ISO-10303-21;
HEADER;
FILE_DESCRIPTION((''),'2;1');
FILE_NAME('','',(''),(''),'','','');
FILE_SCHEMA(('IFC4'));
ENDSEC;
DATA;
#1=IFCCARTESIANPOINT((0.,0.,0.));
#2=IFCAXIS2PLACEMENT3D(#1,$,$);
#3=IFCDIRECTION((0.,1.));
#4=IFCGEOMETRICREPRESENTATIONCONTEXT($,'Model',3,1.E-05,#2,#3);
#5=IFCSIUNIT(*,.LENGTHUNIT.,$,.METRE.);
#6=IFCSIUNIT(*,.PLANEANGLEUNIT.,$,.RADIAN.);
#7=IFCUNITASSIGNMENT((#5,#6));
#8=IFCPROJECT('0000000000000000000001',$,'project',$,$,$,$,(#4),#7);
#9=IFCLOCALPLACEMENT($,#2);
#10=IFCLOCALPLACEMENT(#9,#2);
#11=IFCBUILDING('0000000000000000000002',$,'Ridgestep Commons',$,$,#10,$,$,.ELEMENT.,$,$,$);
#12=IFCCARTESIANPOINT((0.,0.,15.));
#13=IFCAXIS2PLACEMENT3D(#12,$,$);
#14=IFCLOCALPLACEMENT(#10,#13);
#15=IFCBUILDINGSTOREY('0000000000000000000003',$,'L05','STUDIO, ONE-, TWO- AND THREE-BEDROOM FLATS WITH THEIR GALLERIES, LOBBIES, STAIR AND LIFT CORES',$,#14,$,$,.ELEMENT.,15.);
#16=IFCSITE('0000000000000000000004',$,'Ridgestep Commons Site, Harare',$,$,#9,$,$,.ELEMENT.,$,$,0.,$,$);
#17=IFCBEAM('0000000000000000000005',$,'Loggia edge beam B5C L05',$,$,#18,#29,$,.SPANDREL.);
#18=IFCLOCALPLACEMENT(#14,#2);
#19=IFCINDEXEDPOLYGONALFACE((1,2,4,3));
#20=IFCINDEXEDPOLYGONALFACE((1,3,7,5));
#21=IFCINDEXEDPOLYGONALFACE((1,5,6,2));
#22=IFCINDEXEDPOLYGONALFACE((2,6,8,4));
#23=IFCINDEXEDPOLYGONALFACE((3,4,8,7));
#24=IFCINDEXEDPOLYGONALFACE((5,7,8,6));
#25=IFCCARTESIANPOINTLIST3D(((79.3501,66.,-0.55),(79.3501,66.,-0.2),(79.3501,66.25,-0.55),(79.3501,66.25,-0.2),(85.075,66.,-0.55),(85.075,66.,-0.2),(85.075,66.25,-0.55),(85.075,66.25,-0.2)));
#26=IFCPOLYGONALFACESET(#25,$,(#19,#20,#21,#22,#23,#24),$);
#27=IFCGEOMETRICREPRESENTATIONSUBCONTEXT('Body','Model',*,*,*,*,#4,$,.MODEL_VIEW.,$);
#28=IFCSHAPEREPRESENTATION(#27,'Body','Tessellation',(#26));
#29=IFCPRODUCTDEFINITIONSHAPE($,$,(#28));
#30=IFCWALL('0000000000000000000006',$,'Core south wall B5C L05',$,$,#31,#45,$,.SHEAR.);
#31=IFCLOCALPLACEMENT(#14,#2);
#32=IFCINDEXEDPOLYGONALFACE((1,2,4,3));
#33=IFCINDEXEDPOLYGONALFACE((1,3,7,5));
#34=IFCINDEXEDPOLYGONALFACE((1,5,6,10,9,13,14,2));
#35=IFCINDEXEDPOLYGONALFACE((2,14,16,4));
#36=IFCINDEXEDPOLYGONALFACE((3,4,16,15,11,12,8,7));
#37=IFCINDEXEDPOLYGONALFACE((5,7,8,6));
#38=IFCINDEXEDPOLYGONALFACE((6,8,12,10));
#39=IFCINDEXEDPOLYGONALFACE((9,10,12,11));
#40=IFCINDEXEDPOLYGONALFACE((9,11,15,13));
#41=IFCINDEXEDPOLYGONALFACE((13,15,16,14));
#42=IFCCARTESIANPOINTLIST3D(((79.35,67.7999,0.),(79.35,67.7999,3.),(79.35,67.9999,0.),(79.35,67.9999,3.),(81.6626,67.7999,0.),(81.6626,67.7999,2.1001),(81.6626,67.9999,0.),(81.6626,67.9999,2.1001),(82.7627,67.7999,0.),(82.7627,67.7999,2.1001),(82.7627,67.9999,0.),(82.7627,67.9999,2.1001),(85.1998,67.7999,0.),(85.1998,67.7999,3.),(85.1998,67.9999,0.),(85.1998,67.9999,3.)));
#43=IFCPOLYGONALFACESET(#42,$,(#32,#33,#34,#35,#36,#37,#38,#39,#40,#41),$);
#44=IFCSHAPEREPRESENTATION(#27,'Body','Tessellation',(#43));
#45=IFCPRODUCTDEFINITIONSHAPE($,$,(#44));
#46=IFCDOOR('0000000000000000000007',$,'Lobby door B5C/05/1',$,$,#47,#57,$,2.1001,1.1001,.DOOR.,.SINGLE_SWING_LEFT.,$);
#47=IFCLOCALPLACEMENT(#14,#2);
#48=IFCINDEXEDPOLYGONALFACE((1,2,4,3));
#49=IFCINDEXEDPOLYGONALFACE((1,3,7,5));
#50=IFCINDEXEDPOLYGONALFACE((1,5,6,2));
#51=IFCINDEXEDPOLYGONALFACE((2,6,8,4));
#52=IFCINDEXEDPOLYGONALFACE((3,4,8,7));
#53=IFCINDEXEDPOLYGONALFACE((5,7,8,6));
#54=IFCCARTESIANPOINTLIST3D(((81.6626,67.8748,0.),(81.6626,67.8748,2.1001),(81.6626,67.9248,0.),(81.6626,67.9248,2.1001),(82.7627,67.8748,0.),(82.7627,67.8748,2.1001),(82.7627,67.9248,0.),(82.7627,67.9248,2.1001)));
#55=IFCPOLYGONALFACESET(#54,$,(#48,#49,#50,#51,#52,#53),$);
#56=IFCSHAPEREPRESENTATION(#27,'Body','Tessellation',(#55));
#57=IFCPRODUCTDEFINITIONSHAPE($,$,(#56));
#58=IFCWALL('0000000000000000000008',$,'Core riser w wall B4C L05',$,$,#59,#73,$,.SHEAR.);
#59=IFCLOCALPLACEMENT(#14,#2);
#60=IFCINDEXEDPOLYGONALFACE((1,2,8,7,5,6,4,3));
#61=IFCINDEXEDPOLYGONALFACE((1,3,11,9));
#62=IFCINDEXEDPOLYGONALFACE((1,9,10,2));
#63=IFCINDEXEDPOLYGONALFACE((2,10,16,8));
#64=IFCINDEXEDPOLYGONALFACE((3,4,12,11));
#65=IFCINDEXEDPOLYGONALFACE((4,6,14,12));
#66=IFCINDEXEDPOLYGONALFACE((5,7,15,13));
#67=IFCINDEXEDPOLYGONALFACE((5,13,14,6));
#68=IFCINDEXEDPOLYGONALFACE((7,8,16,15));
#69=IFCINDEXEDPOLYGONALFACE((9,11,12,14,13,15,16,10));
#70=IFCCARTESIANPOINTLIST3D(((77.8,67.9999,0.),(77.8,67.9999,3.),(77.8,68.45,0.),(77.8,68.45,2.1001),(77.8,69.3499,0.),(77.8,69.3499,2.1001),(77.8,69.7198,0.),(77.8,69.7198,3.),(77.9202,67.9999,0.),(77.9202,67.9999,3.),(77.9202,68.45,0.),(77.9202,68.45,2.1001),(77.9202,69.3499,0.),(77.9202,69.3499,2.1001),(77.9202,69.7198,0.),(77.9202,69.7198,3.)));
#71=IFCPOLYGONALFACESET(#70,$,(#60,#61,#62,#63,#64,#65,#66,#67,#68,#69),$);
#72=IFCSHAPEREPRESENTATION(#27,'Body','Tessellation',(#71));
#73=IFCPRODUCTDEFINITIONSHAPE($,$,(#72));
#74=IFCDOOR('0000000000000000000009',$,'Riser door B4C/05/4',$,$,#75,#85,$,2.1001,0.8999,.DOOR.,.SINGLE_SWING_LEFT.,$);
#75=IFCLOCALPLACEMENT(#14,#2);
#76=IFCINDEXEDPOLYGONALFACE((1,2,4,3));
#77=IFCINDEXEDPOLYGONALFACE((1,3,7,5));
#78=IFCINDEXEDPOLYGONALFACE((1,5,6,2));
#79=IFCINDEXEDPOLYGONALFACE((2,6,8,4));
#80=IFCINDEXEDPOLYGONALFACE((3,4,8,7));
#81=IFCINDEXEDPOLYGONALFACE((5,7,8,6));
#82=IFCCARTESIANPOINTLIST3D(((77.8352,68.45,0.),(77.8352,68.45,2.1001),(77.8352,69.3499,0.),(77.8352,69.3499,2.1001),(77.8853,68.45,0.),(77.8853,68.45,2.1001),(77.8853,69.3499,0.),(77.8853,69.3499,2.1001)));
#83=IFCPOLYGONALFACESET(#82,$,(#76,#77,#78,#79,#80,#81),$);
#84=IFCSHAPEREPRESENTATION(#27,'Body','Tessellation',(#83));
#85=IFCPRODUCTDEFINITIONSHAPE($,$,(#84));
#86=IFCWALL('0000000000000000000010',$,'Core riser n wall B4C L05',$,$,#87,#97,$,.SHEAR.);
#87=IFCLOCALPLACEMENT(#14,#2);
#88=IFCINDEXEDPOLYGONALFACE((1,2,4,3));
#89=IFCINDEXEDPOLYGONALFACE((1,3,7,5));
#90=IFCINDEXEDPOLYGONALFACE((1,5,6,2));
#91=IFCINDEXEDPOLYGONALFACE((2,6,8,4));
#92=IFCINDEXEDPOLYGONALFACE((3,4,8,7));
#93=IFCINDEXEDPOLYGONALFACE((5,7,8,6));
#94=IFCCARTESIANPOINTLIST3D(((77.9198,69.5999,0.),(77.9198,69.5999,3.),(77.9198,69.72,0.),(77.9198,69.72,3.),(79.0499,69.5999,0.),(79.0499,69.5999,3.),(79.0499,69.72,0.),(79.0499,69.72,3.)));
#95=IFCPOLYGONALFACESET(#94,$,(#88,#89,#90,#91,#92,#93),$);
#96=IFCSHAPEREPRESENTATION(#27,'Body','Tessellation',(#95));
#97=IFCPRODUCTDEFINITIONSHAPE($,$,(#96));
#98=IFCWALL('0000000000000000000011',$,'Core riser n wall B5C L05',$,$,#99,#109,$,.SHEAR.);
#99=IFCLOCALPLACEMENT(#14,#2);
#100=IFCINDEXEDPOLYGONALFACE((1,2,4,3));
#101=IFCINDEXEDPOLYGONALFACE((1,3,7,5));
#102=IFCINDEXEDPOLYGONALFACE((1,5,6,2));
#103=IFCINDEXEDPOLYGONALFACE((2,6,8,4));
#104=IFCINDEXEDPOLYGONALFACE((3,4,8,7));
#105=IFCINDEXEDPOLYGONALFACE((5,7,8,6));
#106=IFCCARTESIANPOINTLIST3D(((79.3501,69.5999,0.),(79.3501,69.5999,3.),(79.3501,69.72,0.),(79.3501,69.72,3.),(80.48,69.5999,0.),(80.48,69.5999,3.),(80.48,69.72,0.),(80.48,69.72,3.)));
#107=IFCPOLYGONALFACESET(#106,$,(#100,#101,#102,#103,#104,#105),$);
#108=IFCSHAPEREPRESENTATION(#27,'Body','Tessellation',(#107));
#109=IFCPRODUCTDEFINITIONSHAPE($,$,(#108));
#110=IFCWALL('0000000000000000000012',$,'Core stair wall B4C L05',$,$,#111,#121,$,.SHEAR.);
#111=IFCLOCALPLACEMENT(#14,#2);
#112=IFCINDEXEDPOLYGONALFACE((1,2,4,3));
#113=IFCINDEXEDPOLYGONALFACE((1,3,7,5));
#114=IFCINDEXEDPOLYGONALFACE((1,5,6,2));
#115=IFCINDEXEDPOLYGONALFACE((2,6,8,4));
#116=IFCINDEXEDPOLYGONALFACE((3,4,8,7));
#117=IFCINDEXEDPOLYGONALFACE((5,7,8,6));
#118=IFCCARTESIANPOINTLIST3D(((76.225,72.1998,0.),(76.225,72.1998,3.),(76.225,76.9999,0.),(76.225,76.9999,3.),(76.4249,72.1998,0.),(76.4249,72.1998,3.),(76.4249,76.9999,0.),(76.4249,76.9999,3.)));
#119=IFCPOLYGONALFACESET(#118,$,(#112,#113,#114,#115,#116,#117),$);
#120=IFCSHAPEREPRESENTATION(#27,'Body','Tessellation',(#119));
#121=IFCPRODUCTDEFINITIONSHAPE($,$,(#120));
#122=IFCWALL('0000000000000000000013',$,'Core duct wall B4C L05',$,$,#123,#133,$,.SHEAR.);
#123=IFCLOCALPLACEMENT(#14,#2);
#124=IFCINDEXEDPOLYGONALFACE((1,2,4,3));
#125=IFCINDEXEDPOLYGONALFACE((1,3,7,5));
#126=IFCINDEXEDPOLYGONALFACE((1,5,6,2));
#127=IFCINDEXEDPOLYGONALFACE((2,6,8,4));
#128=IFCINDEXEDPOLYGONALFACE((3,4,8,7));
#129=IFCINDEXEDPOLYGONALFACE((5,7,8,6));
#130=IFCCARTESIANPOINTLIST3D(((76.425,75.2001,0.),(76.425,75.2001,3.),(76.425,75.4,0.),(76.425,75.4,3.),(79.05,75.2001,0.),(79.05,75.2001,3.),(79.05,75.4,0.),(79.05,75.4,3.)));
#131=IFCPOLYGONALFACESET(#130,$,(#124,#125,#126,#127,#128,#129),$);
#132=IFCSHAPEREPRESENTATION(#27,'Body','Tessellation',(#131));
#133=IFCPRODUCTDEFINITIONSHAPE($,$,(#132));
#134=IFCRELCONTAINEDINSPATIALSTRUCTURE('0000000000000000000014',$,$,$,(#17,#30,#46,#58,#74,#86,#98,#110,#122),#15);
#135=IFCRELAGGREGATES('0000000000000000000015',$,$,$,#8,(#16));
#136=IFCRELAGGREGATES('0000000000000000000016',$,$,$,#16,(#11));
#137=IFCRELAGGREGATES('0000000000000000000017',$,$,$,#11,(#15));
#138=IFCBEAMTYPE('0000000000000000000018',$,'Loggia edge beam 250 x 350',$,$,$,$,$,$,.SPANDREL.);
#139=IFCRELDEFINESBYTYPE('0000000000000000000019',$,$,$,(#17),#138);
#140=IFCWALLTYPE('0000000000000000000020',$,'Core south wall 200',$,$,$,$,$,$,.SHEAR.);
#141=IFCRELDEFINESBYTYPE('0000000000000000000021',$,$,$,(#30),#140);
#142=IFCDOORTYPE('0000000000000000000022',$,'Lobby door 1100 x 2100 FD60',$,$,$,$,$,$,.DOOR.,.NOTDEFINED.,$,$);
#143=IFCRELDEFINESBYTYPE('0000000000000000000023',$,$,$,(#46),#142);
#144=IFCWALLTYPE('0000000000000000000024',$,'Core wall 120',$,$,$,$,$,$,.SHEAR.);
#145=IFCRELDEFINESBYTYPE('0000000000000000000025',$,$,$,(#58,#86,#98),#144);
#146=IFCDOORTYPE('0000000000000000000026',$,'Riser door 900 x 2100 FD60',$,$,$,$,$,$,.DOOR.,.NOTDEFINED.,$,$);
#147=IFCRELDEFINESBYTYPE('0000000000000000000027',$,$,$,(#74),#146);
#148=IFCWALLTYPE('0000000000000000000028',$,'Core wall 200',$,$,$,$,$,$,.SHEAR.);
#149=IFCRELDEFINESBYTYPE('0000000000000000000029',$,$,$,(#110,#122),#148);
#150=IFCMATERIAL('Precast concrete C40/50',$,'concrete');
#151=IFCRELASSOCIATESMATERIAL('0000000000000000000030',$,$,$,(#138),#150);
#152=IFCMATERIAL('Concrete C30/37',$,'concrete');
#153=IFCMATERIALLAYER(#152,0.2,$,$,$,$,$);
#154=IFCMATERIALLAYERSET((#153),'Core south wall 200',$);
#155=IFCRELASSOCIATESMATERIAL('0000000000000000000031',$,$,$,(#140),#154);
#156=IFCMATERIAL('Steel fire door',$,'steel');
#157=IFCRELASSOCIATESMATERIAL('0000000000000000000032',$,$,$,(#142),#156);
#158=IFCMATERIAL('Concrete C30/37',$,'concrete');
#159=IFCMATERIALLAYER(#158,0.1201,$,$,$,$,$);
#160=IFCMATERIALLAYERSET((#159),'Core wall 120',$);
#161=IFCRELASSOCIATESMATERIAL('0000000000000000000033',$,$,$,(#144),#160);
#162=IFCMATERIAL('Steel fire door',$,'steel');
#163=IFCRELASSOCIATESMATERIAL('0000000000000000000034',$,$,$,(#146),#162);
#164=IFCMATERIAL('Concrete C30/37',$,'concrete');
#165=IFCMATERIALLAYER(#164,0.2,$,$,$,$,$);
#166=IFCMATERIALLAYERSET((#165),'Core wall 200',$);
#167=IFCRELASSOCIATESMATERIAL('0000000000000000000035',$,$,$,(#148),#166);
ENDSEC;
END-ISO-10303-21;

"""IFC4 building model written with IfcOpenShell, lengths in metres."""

from ifc_helpers import new_model, si_unit, direction, frame, frame_2d, origin, origin_2d, place, context, subcontext, project, spatial, rectangle, extrude, material, layer, layer_set, material_profile, profile_set, type_object, element, fill, save


model = new_model("IFC4")

# Units and contexts
model_context = context("Model", 3, precision=1e-05, world=origin(), true_north=direction((0.0, 1.0)))
body_context = subcontext(model_context, "Body", "Model", "MODEL_VIEW")
ifc_project = project(units=[si_unit("LENGTHUNIT", "METRE"), si_unit("PLANEANGLEUNIT", "RADIAN")], contexts=[model_context])

# Site, building, storey
site_placement = place(None, origin())
site = spatial("IfcSite", under=ifc_project, at=site_placement, Name="Ridgestep Commons Site, Harare", CompositionType="ELEMENT", RefElevation=0.0)
building_placement = place(site_placement, origin())
building = spatial("IfcBuilding", under=site, at=building_placement, Name="Ridgestep Commons", CompositionType="ELEMENT")
storey_placement = place(building_placement, frame((0.0, 0.0, 15.0)))
storey = spatial("IfcBuildingStorey", under=building, at=storey_placement, Name="L05", Description="STUDIO, ONE-, TWO- AND THREE-BEDROOM FLATS WITH THEIR GALLERIES, LOBBIES, STAIR AND LIFT CORES", CompositionType="ELEMENT", Elevation=15.0)

# Beam
ifc_material_1 = material(Name="Precast concrete C40/50", Category="concrete")
ifc_material_profile = material_profile(ifc_material_1, rectangle(XDim=0.25, YDim=0.3501, at=origin_2d()), Name="PC 250x350")
ifc_profile_set = profile_set([ifc_material_profile], Name="Precast concrete C40/50")
beam_type = type_object("IfcBeamType", Name="Loggia edge beam 250 x 350", PredefinedType="SPANDREL", material=ifc_profile_set)
beam_placement = place(storey_placement, frame((79.3501, 66.125, -0.375), z_axis=(1.0, 0.0, 0.0), x_axis=(0.0, 1.0, 0.0)))
element("IfcBeam", 1, at=beam_placement, inside=storey, type_object=beam_type, Name="Loggia edge beam B5C L05", PredefinedType="SPANDREL", context=body_context, shape_type="SweptSolid", body=[
    extrude(rectangle(XDim=0.25, YDim=0.3501, at=origin_2d()), origin(), (0.0, 0.0, 1.0), 5.7249),
])

# Walls, openings, doors
ifc_material_2 = material(Name="Concrete C30/37", Category="concrete")
ifc_layer_1 = layer(ifc_material_2, 0.2)
ifc_layer_set_1 = layer_set([ifc_layer_1], Name="Core south wall 200")
wall_type_1 = type_object("IfcWallType", Name="Core south wall 200", PredefinedType="SHEAR", material=ifc_layer_set_1)
wall_1_placement = place(storey_placement, frame((79.3501, 67.8999, 0.0), z_axis=(0.0, 0.0, 1.0), x_axis=(1.0, 0.0, 0.0)))
wall_1 = element("IfcWall", 2, at=wall_1_placement, inside=storey, type_object=wall_type_1, Name="Core south wall B5C L05", PredefinedType="SHEAR", context=body_context, shape_type="SweptSolid", body=[
    extrude(rectangle(XDim=5.8499, YDim=0.2, at=frame_2d((2.9248, 0.0))), origin(), (0.0, 0.0, 1.0), 3.0),
])
opening_1_placement = place(wall_1_placement, frame((2.3125, 0.0, 0.0)))
opening_1 = element("IfcOpeningElement", 3, at=opening_1_placement, cuts=wall_1, PredefinedType="OPENING", context=body_context, shape_type="SweptSolid", body=[
    extrude(rectangle(XDim=1.1001, YDim=2.1001, at=frame_2d((0.55, 1.05))), frame((0.0, 0.1099, 0.0), z_axis=(0.0, -1.0, 0.0), x_axis=(1.0, 0.0, 0.0)), (0.0, 0.0, 1.0), 0.22),
])
ifc_material_3 = material(Name="Steel fire door", Category="steel")
door_type_1 = type_object("IfcDoorType", Name="Lobby door 1100 x 2100 FD60", OperationType="NOTDEFINED", PredefinedType="DOOR", material=ifc_material_3)
door_1_placement = place(opening_1_placement, origin())
door_1 = element("IfcDoor", 4, at=door_1_placement, inside=storey, type_object=door_type_1, Name="Lobby door B5C/05/1", OperationType="SINGLE_SWING_LEFT", OverallHeight=2.1001, OverallWidth=1.1001, PredefinedType="DOOR", context=body_context, shape_type="SweptSolid", body=[
    extrude(rectangle(XDim=1.1001, YDim=2.1001, at=frame_2d((0.55, 1.05))), frame((0.0, 0.0249, 0.0), z_axis=(0.0, -1.0, 0.0), x_axis=(1.0, 0.0, 0.0)), (0.0, 0.0, 1.0), 0.05),
])
fill(opening_1, door_1)
ifc_material_4 = material(Name="Concrete C30/37", Category="concrete")
ifc_layer_2 = layer(ifc_material_4, 0.1201)
ifc_layer_set_2 = layer_set([ifc_layer_2], Name="Core wall 120")
wall_type_2 = type_object("IfcWallType", Name="Core wall 120", PredefinedType="SHEAR", material=ifc_layer_set_2)
wall_2_placement = place(storey_placement, frame((77.8601, 68.0, 0.0), z_axis=(0.0, 0.0, 1.0), x_axis=(0.0, 1.0, 0.0)))
wall_2 = element("IfcWall", 5, at=wall_2_placement, inside=storey, type_object=wall_type_2, Name="Core riser w wall B4C L05", PredefinedType="SHEAR", context=body_context, shape_type="SweptSolid", body=[
    extrude(rectangle(XDim=1.72, YDim=0.1201, at=frame_2d((0.8599, 0.0))), origin(), (0.0, 0.0, 1.0), 3.0),
])
opening_2_placement = place(wall_2_placement, frame((0.45, 0.0, 0.0)))
opening_2 = element("IfcOpeningElement", 6, at=opening_2_placement, cuts=wall_2, PredefinedType="OPENING", context=body_context, shape_type="SweptSolid", body=[
    extrude(rectangle(XDim=0.8999, YDim=2.1001, at=frame_2d((0.45, 1.05))), frame((0.0, 0.0701, 0.0), z_axis=(0.0, -1.0, 0.0), x_axis=(1.0, 0.0, 0.0)), (0.0, 0.0, 1.0), 0.1401),
])
ifc_material_5 = material(Name="Steel fire door", Category="steel")
door_type_2 = type_object("IfcDoorType", Name="Riser door 900 x 2100 FD60", OperationType="NOTDEFINED", PredefinedType="DOOR", material=ifc_material_5)
door_2_placement = place(opening_2_placement, origin())
door_2 = element("IfcDoor", 7, at=door_2_placement, inside=storey, type_object=door_type_2, Name="Riser door B4C/05/4", OperationType="SINGLE_SWING_LEFT", OverallHeight=2.1001, OverallWidth=0.8999, PredefinedType="DOOR", context=body_context, shape_type="SweptSolid", body=[
    extrude(rectangle(XDim=0.8999, YDim=2.1001, at=frame_2d((0.45, 1.05))), frame((0.0, 0.0249, 0.0), z_axis=(0.0, -1.0, 0.0), x_axis=(1.0, 0.0, 0.0)), (0.0, 0.0, 1.0), 0.05),
])
fill(opening_2, door_2)

# Walls
wall_3_placement = place(storey_placement, frame((77.9199, 69.6599, 0.0), z_axis=(0.0, 0.0, 1.0), x_axis=(1.0, 0.0, 0.0)))
element("IfcWall", 8, at=wall_3_placement, inside=storey, type_object=wall_type_2, Name="Core riser n wall B4C L05", PredefinedType="SHEAR", context=body_context, shape_type="SweptSolid", body=[
    extrude(rectangle(XDim=1.1301, YDim=0.1201, at=frame_2d((0.5649, 0.0))), origin(), (0.0, 0.0, 1.0), 3.0),
])
wall_4_placement = place(storey_placement, frame((79.3501, 69.6599, 0.0), z_axis=(0.0, 0.0, 1.0), x_axis=(1.0, 0.0, 0.0)))
element("IfcWall", 9, at=wall_4_placement, inside=storey, type_object=wall_type_2, Name="Core riser n wall B5C L05", PredefinedType="SHEAR", context=body_context, shape_type="SweptSolid", body=[
    extrude(rectangle(XDim=1.1299, YDim=0.1201, at=frame_2d((0.5649, 0.0))), origin(), (0.0, 0.0, 1.0), 3.0),
])
ifc_material_6 = material(Name="Concrete C30/37", Category="concrete")
ifc_layer_3 = layer(ifc_material_6, 0.2)
ifc_layer_set_3 = layer_set([ifc_layer_3], Name="Core wall 200")
wall_type_3 = type_object("IfcWallType", Name="Core wall 200", PredefinedType="SHEAR", material=ifc_layer_set_3)
wall_5_placement = place(storey_placement, frame((76.325, 72.2, 0.0), z_axis=(0.0, 0.0, 1.0), x_axis=(0.0, 1.0, 0.0)))
element("IfcWall", 10, at=wall_5_placement, inside=storey, type_object=wall_type_3, Name="Core stair wall B4C L05", PredefinedType="SHEAR", context=body_context, shape_type="SweptSolid", body=[
    extrude(rectangle(XDim=4.8, YDim=0.2, at=frame_2d((2.3999, 0.0))), origin(), (0.0, 0.0, 1.0), 3.0),
])
wall_6_placement = place(storey_placement, frame((76.425, 75.3, 0.0), z_axis=(0.0, 0.0, 1.0), x_axis=(1.0, 0.0, 0.0)))
element("IfcWall", 11, at=wall_6_placement, inside=storey, type_object=wall_type_3, Name="Core duct wall B4C L05", PredefinedType="SHEAR", context=body_context, shape_type="SweptSolid", body=[
    extrude(rectangle(XDim=2.625, YDim=0.2, at=frame_2d((1.3125, 0.0))), origin(), (0.0, 0.0, 1.0), 3.0),
])

save(model, "model.ifc")
